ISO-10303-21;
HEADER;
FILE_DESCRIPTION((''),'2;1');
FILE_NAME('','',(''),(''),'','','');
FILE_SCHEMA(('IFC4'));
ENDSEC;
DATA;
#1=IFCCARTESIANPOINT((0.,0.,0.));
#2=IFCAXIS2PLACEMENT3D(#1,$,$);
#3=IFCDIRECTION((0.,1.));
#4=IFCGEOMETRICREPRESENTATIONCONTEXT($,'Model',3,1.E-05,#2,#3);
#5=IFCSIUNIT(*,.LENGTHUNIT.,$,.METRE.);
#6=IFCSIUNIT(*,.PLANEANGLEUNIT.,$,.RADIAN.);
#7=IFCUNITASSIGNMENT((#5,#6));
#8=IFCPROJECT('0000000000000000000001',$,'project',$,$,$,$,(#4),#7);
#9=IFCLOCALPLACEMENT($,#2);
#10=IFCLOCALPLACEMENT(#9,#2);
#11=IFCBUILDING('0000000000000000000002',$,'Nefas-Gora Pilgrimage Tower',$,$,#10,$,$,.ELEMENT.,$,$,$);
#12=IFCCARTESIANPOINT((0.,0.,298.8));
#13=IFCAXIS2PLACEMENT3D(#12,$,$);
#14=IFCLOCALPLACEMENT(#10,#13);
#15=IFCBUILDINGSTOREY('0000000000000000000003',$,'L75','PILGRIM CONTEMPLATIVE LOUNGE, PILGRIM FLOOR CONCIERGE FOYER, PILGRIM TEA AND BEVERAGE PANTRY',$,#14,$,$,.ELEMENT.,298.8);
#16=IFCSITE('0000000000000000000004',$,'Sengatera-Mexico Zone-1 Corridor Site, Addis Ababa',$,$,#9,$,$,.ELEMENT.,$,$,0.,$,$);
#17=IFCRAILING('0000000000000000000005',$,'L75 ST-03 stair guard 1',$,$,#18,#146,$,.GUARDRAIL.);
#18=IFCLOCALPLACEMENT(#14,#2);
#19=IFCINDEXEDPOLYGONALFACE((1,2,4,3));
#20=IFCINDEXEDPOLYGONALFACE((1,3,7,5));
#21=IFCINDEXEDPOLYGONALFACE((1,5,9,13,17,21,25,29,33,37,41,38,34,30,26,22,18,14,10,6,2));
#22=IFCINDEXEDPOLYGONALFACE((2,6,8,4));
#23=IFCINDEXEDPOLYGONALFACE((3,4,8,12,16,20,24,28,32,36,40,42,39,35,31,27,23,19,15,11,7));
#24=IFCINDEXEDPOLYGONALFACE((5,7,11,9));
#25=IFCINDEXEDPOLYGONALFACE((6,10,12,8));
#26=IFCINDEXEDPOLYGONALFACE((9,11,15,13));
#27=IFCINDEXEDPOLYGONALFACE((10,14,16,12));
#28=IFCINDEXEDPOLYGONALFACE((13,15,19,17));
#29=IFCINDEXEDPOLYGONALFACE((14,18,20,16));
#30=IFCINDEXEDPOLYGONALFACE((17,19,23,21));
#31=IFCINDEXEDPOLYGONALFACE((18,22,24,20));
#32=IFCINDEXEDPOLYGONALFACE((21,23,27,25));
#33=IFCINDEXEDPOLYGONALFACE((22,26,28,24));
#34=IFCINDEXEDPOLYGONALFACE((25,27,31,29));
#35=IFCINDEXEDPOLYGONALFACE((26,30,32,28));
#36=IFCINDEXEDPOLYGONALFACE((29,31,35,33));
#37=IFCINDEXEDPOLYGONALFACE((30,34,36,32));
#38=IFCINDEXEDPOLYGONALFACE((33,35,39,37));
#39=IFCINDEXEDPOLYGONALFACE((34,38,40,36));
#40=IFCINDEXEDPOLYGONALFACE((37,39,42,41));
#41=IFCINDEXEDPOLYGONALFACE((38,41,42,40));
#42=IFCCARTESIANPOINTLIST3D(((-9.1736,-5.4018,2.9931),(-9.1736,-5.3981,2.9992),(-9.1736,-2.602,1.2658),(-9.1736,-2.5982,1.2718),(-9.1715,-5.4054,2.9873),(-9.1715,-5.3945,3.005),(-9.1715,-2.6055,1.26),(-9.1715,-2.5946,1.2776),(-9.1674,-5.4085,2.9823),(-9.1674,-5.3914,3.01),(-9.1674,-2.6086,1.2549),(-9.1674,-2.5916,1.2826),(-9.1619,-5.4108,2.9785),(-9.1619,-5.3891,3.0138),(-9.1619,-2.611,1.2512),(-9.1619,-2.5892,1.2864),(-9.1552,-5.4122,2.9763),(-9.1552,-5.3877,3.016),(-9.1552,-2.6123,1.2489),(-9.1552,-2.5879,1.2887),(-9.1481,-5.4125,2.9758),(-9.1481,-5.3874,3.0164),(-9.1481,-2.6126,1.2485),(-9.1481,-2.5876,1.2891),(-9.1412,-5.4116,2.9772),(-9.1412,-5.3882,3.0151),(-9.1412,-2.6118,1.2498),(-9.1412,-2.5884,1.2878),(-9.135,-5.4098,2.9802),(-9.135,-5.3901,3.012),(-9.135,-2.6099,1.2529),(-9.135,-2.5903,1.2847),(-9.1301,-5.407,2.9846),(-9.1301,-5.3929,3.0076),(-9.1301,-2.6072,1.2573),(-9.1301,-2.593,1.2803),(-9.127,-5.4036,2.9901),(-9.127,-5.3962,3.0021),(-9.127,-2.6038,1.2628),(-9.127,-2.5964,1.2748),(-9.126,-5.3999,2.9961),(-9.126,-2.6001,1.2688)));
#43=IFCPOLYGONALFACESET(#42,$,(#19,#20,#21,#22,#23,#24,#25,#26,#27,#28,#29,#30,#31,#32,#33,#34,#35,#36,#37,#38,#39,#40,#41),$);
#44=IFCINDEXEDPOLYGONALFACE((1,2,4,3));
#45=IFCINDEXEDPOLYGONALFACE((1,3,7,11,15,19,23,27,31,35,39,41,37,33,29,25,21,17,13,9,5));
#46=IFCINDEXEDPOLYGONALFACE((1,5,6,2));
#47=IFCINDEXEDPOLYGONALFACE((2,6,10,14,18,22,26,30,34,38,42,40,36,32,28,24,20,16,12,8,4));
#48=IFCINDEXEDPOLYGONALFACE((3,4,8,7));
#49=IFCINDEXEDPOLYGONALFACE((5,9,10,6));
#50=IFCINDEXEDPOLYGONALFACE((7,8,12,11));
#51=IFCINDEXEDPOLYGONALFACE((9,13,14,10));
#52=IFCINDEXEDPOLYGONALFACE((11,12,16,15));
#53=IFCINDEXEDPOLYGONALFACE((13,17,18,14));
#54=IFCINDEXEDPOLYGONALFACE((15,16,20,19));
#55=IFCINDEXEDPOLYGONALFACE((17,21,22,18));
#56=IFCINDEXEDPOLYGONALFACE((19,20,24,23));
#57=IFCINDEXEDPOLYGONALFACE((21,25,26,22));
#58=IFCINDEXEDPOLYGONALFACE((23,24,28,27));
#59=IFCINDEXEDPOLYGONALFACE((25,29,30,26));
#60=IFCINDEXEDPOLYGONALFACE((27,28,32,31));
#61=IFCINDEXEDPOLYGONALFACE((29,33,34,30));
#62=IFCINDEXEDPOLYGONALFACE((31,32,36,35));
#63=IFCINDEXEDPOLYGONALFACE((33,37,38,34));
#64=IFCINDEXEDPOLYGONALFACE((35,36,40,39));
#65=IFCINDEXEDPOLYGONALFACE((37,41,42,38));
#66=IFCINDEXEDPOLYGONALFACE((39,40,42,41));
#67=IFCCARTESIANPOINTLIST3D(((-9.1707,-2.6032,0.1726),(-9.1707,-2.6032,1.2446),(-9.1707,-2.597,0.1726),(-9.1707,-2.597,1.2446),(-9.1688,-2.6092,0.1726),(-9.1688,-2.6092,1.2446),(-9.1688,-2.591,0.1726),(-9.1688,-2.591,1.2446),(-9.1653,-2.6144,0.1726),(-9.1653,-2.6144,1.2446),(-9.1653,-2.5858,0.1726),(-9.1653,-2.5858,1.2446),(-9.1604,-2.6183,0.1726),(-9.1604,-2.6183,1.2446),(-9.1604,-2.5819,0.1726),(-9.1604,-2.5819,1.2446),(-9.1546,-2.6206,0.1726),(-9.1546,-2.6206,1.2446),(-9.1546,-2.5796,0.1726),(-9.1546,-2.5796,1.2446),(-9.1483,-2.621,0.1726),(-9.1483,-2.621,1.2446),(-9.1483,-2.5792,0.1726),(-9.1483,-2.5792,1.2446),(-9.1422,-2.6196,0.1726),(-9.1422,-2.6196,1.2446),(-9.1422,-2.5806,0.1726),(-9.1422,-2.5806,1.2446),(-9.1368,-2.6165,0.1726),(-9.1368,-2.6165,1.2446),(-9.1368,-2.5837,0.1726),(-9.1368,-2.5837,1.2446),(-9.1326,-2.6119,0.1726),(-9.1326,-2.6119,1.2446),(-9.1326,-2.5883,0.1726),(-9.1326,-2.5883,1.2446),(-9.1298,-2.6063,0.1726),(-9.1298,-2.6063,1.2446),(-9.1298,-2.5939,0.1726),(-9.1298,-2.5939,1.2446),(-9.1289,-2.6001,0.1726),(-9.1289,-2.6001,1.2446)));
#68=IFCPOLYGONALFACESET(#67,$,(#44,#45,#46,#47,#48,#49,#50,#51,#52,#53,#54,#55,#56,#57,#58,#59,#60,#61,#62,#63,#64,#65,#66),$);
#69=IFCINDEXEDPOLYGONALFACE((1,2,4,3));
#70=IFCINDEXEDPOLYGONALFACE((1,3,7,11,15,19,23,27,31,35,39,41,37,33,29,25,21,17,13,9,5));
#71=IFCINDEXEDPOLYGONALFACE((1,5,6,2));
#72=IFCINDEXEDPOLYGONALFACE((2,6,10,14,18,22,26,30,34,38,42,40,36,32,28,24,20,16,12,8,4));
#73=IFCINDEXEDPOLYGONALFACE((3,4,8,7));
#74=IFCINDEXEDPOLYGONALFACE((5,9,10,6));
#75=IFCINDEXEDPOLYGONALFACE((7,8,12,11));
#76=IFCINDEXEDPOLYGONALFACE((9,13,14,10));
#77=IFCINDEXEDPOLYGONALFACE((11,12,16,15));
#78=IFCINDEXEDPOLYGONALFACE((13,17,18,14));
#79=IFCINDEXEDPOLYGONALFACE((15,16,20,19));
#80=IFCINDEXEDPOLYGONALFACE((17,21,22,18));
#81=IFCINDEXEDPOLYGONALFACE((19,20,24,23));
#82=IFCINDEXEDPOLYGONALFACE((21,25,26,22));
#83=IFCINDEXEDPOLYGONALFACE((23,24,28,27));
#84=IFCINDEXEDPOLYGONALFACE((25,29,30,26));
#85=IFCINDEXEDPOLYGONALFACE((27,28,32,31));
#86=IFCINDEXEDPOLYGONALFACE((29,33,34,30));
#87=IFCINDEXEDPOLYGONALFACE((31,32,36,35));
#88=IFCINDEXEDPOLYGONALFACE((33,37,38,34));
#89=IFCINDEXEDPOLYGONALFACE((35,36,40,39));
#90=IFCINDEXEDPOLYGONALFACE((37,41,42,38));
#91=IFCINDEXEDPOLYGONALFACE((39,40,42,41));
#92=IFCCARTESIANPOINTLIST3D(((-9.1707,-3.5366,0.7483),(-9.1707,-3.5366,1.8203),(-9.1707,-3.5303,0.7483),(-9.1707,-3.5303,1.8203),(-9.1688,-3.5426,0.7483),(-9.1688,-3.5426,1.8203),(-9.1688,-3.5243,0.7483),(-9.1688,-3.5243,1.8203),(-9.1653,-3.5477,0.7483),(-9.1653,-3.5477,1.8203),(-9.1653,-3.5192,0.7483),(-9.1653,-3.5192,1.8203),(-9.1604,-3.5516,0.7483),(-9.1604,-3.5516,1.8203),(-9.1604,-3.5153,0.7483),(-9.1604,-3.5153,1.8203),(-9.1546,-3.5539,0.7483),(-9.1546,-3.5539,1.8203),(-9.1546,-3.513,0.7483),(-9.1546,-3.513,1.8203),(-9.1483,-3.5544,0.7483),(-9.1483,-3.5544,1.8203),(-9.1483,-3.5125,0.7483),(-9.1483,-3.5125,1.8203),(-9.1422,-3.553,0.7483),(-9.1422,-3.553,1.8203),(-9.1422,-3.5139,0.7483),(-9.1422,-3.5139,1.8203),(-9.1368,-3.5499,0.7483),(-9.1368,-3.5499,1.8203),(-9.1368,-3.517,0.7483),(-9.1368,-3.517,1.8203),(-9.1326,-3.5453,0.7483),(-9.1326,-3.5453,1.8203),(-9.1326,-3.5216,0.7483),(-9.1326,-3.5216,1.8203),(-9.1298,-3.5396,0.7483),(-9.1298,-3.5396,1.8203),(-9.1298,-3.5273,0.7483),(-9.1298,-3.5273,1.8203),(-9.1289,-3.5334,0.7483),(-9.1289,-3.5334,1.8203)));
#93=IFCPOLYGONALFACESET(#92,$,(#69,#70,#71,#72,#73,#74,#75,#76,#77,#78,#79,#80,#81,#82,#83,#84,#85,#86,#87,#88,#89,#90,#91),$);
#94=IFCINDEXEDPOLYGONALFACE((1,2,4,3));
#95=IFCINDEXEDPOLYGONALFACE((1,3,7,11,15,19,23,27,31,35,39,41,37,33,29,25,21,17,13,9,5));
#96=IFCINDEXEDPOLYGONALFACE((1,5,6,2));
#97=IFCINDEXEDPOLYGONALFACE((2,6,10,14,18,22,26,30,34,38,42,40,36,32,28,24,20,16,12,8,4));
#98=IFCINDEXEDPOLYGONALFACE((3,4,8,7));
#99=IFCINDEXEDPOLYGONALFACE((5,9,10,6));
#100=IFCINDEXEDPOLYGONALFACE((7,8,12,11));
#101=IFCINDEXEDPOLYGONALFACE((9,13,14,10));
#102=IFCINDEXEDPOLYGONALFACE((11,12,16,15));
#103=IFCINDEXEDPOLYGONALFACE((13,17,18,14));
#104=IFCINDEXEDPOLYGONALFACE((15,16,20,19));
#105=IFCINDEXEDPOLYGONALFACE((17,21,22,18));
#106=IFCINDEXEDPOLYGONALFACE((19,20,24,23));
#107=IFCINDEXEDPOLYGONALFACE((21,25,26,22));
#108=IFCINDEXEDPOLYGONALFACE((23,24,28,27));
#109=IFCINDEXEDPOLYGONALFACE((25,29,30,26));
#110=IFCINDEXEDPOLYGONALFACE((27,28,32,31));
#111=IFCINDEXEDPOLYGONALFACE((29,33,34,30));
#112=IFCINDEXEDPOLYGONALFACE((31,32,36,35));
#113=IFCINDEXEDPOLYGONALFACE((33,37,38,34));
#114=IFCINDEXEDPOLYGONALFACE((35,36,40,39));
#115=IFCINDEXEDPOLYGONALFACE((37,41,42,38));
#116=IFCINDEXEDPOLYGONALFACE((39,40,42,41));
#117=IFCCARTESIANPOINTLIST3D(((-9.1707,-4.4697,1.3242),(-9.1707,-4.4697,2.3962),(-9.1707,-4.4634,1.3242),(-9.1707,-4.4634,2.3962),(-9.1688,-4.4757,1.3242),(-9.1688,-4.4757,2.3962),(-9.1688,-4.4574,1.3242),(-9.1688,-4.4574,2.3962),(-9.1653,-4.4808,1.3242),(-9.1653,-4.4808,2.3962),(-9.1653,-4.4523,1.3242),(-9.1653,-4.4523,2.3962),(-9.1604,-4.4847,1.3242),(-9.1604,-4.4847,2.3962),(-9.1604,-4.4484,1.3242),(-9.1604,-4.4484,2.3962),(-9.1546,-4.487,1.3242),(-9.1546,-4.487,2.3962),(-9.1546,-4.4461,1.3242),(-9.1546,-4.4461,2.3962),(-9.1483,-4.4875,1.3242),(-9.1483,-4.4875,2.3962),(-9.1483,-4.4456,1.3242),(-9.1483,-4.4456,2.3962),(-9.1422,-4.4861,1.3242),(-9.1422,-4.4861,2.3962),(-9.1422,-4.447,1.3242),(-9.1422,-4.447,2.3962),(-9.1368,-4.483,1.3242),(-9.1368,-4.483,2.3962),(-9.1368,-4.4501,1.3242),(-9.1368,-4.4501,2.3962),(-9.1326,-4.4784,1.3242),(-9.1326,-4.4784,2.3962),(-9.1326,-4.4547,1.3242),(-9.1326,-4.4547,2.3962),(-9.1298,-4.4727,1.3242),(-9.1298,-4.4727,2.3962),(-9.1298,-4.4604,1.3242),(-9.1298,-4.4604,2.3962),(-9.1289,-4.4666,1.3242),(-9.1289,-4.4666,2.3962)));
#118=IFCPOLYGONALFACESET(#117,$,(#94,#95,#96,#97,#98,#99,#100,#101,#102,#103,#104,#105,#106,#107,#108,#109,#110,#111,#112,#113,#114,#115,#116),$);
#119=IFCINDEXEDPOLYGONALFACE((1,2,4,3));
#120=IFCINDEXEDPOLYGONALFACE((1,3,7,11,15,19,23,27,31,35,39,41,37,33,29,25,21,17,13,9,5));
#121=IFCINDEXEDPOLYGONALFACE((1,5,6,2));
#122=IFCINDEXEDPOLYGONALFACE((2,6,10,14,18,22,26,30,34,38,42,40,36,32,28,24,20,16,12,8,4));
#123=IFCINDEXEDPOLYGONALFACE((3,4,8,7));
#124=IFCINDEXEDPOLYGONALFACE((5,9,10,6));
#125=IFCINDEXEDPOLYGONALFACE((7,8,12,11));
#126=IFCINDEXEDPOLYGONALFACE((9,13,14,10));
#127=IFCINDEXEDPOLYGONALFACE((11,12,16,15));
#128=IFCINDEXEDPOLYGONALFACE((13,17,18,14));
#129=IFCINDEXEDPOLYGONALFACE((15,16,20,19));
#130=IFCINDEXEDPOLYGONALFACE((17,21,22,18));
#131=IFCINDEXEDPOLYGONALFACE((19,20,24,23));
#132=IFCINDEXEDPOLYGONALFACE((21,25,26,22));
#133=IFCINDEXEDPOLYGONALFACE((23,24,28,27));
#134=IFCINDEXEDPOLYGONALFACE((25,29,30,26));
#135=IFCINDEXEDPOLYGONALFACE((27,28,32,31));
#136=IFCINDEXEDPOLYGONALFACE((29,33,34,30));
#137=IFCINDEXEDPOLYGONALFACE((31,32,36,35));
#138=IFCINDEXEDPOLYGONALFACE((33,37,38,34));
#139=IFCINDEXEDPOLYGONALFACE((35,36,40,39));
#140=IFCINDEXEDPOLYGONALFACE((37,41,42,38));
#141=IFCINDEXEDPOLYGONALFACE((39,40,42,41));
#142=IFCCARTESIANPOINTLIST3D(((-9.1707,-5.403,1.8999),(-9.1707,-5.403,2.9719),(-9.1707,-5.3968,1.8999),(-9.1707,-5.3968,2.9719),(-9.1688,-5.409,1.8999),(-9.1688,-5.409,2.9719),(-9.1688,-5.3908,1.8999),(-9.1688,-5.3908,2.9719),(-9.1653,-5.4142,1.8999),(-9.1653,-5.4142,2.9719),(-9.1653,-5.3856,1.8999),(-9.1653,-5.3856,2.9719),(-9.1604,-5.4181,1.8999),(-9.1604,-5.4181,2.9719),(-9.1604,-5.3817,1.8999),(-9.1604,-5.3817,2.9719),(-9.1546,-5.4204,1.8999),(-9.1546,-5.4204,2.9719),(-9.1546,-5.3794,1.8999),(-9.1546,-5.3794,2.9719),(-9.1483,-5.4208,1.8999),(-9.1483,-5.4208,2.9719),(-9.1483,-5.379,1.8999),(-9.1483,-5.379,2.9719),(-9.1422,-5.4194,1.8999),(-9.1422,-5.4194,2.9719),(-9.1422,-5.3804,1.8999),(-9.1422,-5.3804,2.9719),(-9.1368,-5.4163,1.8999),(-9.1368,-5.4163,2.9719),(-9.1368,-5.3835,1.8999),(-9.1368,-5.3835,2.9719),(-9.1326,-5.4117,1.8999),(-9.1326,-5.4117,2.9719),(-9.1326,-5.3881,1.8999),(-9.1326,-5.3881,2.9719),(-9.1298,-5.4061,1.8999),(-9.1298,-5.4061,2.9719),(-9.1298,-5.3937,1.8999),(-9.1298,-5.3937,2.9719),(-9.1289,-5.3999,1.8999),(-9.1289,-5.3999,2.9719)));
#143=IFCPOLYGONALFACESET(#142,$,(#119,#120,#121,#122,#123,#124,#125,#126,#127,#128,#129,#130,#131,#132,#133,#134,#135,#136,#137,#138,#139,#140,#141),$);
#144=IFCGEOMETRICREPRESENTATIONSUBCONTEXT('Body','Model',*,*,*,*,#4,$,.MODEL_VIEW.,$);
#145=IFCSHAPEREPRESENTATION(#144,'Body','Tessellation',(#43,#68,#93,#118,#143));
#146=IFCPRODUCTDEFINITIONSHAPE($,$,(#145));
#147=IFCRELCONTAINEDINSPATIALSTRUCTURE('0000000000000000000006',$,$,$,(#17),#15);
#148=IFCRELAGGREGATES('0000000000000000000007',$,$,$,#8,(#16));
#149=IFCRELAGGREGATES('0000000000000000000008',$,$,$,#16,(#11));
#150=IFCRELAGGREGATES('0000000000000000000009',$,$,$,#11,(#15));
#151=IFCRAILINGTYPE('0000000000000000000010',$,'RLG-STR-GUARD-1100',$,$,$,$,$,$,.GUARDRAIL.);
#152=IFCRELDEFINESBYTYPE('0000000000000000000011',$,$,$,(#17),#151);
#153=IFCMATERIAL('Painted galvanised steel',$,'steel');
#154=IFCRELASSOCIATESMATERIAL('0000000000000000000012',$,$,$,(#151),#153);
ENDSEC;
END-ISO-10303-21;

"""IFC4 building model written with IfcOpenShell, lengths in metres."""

from ifc_helpers import new_model, si_unit, direction, frame, origin, origin_2d, place, context, subcontext, project, spatial, circle, extrude, material, type_object, element, save


model = new_model("IFC4")

# Units and contexts
model_context = context("Model", 3, precision=1e-05, world=origin(), true_north=direction((0.0, 1.0)))
body_context = subcontext(model_context, "Body", "Model", "MODEL_VIEW")
ifc_project = project(units=[si_unit("LENGTHUNIT", "METRE"), si_unit("PLANEANGLEUNIT", "RADIAN")], contexts=[model_context])

# Site, building, storey
site_placement = place(None, origin())
site = spatial("IfcSite", under=ifc_project, at=site_placement, Name="Sengatera-Mexico Zone-1 Corridor Site, Addis Ababa", CompositionType="ELEMENT", RefElevation=0.0)
building_placement = place(site_placement, origin())
building = spatial("IfcBuilding", under=site, at=building_placement, Name="Nefas-Gora Pilgrimage Tower", CompositionType="ELEMENT")
storey_placement = place(building_placement, frame((0.0, 0.0, 298.8)))
storey = spatial("IfcBuildingStorey", under=building, at=storey_placement, Name="L75", Description="PILGRIM CONTEMPLATIVE LOUNGE, PILGRIM FLOOR CONCIERGE FOYER, PILGRIM TEA AND BEVERAGE PANTRY", CompositionType="ELEMENT", Elevation=298.8)

# Railing
ifc_material_1 = material(Name="Painted galvanised steel", Category="steel")
railing_type_1 = type_object("IfcRailingType", Name="RLG-STR-GUARD-1100", PredefinedType="GUARDRAIL", material=ifc_material_1)
railing_1_placement = place(storey_placement, frame((-9.1499, -2.6001, 0.1726)))
element("IfcRailing", 1, at=railing_1_placement, inside=storey, type_object=railing_type_1, Name="L75 ST-03 stair guard 1", PredefinedType="GUARDRAIL", context=body_context, shape_type="SweptSolid", body=[
    extrude(circle(Radius=0.0239, at=origin_2d()), frame((0.0, 0.0, 1.0962), z_axis=(0.0, -0.851069, 0.525054), x_axis=(1.0, 0.0, 0.0)), (0.0, 0.0, 1.0), 3.2898),
    extrude(circle(Radius=0.021, at=origin_2d()), origin(), (0.0, 0.0, 1.0), 1.072),
    extrude(circle(Radius=0.021, at=origin_2d()), frame((0.0, -0.9333, 0.5757)), (0.0, 0.0, 1.0), 1.072),
    extrude(circle(Radius=0.021, at=origin_2d()), frame((0.0, -1.8665, 1.1516)), (0.0, 0.0, 1.0), 1.072),
    extrude(circle(Radius=0.021, at=origin_2d()), frame((0.0, -2.7998, 1.7273)), (0.0, 0.0, 1.0), 1.072),
])

save(model, "model.ifc")
